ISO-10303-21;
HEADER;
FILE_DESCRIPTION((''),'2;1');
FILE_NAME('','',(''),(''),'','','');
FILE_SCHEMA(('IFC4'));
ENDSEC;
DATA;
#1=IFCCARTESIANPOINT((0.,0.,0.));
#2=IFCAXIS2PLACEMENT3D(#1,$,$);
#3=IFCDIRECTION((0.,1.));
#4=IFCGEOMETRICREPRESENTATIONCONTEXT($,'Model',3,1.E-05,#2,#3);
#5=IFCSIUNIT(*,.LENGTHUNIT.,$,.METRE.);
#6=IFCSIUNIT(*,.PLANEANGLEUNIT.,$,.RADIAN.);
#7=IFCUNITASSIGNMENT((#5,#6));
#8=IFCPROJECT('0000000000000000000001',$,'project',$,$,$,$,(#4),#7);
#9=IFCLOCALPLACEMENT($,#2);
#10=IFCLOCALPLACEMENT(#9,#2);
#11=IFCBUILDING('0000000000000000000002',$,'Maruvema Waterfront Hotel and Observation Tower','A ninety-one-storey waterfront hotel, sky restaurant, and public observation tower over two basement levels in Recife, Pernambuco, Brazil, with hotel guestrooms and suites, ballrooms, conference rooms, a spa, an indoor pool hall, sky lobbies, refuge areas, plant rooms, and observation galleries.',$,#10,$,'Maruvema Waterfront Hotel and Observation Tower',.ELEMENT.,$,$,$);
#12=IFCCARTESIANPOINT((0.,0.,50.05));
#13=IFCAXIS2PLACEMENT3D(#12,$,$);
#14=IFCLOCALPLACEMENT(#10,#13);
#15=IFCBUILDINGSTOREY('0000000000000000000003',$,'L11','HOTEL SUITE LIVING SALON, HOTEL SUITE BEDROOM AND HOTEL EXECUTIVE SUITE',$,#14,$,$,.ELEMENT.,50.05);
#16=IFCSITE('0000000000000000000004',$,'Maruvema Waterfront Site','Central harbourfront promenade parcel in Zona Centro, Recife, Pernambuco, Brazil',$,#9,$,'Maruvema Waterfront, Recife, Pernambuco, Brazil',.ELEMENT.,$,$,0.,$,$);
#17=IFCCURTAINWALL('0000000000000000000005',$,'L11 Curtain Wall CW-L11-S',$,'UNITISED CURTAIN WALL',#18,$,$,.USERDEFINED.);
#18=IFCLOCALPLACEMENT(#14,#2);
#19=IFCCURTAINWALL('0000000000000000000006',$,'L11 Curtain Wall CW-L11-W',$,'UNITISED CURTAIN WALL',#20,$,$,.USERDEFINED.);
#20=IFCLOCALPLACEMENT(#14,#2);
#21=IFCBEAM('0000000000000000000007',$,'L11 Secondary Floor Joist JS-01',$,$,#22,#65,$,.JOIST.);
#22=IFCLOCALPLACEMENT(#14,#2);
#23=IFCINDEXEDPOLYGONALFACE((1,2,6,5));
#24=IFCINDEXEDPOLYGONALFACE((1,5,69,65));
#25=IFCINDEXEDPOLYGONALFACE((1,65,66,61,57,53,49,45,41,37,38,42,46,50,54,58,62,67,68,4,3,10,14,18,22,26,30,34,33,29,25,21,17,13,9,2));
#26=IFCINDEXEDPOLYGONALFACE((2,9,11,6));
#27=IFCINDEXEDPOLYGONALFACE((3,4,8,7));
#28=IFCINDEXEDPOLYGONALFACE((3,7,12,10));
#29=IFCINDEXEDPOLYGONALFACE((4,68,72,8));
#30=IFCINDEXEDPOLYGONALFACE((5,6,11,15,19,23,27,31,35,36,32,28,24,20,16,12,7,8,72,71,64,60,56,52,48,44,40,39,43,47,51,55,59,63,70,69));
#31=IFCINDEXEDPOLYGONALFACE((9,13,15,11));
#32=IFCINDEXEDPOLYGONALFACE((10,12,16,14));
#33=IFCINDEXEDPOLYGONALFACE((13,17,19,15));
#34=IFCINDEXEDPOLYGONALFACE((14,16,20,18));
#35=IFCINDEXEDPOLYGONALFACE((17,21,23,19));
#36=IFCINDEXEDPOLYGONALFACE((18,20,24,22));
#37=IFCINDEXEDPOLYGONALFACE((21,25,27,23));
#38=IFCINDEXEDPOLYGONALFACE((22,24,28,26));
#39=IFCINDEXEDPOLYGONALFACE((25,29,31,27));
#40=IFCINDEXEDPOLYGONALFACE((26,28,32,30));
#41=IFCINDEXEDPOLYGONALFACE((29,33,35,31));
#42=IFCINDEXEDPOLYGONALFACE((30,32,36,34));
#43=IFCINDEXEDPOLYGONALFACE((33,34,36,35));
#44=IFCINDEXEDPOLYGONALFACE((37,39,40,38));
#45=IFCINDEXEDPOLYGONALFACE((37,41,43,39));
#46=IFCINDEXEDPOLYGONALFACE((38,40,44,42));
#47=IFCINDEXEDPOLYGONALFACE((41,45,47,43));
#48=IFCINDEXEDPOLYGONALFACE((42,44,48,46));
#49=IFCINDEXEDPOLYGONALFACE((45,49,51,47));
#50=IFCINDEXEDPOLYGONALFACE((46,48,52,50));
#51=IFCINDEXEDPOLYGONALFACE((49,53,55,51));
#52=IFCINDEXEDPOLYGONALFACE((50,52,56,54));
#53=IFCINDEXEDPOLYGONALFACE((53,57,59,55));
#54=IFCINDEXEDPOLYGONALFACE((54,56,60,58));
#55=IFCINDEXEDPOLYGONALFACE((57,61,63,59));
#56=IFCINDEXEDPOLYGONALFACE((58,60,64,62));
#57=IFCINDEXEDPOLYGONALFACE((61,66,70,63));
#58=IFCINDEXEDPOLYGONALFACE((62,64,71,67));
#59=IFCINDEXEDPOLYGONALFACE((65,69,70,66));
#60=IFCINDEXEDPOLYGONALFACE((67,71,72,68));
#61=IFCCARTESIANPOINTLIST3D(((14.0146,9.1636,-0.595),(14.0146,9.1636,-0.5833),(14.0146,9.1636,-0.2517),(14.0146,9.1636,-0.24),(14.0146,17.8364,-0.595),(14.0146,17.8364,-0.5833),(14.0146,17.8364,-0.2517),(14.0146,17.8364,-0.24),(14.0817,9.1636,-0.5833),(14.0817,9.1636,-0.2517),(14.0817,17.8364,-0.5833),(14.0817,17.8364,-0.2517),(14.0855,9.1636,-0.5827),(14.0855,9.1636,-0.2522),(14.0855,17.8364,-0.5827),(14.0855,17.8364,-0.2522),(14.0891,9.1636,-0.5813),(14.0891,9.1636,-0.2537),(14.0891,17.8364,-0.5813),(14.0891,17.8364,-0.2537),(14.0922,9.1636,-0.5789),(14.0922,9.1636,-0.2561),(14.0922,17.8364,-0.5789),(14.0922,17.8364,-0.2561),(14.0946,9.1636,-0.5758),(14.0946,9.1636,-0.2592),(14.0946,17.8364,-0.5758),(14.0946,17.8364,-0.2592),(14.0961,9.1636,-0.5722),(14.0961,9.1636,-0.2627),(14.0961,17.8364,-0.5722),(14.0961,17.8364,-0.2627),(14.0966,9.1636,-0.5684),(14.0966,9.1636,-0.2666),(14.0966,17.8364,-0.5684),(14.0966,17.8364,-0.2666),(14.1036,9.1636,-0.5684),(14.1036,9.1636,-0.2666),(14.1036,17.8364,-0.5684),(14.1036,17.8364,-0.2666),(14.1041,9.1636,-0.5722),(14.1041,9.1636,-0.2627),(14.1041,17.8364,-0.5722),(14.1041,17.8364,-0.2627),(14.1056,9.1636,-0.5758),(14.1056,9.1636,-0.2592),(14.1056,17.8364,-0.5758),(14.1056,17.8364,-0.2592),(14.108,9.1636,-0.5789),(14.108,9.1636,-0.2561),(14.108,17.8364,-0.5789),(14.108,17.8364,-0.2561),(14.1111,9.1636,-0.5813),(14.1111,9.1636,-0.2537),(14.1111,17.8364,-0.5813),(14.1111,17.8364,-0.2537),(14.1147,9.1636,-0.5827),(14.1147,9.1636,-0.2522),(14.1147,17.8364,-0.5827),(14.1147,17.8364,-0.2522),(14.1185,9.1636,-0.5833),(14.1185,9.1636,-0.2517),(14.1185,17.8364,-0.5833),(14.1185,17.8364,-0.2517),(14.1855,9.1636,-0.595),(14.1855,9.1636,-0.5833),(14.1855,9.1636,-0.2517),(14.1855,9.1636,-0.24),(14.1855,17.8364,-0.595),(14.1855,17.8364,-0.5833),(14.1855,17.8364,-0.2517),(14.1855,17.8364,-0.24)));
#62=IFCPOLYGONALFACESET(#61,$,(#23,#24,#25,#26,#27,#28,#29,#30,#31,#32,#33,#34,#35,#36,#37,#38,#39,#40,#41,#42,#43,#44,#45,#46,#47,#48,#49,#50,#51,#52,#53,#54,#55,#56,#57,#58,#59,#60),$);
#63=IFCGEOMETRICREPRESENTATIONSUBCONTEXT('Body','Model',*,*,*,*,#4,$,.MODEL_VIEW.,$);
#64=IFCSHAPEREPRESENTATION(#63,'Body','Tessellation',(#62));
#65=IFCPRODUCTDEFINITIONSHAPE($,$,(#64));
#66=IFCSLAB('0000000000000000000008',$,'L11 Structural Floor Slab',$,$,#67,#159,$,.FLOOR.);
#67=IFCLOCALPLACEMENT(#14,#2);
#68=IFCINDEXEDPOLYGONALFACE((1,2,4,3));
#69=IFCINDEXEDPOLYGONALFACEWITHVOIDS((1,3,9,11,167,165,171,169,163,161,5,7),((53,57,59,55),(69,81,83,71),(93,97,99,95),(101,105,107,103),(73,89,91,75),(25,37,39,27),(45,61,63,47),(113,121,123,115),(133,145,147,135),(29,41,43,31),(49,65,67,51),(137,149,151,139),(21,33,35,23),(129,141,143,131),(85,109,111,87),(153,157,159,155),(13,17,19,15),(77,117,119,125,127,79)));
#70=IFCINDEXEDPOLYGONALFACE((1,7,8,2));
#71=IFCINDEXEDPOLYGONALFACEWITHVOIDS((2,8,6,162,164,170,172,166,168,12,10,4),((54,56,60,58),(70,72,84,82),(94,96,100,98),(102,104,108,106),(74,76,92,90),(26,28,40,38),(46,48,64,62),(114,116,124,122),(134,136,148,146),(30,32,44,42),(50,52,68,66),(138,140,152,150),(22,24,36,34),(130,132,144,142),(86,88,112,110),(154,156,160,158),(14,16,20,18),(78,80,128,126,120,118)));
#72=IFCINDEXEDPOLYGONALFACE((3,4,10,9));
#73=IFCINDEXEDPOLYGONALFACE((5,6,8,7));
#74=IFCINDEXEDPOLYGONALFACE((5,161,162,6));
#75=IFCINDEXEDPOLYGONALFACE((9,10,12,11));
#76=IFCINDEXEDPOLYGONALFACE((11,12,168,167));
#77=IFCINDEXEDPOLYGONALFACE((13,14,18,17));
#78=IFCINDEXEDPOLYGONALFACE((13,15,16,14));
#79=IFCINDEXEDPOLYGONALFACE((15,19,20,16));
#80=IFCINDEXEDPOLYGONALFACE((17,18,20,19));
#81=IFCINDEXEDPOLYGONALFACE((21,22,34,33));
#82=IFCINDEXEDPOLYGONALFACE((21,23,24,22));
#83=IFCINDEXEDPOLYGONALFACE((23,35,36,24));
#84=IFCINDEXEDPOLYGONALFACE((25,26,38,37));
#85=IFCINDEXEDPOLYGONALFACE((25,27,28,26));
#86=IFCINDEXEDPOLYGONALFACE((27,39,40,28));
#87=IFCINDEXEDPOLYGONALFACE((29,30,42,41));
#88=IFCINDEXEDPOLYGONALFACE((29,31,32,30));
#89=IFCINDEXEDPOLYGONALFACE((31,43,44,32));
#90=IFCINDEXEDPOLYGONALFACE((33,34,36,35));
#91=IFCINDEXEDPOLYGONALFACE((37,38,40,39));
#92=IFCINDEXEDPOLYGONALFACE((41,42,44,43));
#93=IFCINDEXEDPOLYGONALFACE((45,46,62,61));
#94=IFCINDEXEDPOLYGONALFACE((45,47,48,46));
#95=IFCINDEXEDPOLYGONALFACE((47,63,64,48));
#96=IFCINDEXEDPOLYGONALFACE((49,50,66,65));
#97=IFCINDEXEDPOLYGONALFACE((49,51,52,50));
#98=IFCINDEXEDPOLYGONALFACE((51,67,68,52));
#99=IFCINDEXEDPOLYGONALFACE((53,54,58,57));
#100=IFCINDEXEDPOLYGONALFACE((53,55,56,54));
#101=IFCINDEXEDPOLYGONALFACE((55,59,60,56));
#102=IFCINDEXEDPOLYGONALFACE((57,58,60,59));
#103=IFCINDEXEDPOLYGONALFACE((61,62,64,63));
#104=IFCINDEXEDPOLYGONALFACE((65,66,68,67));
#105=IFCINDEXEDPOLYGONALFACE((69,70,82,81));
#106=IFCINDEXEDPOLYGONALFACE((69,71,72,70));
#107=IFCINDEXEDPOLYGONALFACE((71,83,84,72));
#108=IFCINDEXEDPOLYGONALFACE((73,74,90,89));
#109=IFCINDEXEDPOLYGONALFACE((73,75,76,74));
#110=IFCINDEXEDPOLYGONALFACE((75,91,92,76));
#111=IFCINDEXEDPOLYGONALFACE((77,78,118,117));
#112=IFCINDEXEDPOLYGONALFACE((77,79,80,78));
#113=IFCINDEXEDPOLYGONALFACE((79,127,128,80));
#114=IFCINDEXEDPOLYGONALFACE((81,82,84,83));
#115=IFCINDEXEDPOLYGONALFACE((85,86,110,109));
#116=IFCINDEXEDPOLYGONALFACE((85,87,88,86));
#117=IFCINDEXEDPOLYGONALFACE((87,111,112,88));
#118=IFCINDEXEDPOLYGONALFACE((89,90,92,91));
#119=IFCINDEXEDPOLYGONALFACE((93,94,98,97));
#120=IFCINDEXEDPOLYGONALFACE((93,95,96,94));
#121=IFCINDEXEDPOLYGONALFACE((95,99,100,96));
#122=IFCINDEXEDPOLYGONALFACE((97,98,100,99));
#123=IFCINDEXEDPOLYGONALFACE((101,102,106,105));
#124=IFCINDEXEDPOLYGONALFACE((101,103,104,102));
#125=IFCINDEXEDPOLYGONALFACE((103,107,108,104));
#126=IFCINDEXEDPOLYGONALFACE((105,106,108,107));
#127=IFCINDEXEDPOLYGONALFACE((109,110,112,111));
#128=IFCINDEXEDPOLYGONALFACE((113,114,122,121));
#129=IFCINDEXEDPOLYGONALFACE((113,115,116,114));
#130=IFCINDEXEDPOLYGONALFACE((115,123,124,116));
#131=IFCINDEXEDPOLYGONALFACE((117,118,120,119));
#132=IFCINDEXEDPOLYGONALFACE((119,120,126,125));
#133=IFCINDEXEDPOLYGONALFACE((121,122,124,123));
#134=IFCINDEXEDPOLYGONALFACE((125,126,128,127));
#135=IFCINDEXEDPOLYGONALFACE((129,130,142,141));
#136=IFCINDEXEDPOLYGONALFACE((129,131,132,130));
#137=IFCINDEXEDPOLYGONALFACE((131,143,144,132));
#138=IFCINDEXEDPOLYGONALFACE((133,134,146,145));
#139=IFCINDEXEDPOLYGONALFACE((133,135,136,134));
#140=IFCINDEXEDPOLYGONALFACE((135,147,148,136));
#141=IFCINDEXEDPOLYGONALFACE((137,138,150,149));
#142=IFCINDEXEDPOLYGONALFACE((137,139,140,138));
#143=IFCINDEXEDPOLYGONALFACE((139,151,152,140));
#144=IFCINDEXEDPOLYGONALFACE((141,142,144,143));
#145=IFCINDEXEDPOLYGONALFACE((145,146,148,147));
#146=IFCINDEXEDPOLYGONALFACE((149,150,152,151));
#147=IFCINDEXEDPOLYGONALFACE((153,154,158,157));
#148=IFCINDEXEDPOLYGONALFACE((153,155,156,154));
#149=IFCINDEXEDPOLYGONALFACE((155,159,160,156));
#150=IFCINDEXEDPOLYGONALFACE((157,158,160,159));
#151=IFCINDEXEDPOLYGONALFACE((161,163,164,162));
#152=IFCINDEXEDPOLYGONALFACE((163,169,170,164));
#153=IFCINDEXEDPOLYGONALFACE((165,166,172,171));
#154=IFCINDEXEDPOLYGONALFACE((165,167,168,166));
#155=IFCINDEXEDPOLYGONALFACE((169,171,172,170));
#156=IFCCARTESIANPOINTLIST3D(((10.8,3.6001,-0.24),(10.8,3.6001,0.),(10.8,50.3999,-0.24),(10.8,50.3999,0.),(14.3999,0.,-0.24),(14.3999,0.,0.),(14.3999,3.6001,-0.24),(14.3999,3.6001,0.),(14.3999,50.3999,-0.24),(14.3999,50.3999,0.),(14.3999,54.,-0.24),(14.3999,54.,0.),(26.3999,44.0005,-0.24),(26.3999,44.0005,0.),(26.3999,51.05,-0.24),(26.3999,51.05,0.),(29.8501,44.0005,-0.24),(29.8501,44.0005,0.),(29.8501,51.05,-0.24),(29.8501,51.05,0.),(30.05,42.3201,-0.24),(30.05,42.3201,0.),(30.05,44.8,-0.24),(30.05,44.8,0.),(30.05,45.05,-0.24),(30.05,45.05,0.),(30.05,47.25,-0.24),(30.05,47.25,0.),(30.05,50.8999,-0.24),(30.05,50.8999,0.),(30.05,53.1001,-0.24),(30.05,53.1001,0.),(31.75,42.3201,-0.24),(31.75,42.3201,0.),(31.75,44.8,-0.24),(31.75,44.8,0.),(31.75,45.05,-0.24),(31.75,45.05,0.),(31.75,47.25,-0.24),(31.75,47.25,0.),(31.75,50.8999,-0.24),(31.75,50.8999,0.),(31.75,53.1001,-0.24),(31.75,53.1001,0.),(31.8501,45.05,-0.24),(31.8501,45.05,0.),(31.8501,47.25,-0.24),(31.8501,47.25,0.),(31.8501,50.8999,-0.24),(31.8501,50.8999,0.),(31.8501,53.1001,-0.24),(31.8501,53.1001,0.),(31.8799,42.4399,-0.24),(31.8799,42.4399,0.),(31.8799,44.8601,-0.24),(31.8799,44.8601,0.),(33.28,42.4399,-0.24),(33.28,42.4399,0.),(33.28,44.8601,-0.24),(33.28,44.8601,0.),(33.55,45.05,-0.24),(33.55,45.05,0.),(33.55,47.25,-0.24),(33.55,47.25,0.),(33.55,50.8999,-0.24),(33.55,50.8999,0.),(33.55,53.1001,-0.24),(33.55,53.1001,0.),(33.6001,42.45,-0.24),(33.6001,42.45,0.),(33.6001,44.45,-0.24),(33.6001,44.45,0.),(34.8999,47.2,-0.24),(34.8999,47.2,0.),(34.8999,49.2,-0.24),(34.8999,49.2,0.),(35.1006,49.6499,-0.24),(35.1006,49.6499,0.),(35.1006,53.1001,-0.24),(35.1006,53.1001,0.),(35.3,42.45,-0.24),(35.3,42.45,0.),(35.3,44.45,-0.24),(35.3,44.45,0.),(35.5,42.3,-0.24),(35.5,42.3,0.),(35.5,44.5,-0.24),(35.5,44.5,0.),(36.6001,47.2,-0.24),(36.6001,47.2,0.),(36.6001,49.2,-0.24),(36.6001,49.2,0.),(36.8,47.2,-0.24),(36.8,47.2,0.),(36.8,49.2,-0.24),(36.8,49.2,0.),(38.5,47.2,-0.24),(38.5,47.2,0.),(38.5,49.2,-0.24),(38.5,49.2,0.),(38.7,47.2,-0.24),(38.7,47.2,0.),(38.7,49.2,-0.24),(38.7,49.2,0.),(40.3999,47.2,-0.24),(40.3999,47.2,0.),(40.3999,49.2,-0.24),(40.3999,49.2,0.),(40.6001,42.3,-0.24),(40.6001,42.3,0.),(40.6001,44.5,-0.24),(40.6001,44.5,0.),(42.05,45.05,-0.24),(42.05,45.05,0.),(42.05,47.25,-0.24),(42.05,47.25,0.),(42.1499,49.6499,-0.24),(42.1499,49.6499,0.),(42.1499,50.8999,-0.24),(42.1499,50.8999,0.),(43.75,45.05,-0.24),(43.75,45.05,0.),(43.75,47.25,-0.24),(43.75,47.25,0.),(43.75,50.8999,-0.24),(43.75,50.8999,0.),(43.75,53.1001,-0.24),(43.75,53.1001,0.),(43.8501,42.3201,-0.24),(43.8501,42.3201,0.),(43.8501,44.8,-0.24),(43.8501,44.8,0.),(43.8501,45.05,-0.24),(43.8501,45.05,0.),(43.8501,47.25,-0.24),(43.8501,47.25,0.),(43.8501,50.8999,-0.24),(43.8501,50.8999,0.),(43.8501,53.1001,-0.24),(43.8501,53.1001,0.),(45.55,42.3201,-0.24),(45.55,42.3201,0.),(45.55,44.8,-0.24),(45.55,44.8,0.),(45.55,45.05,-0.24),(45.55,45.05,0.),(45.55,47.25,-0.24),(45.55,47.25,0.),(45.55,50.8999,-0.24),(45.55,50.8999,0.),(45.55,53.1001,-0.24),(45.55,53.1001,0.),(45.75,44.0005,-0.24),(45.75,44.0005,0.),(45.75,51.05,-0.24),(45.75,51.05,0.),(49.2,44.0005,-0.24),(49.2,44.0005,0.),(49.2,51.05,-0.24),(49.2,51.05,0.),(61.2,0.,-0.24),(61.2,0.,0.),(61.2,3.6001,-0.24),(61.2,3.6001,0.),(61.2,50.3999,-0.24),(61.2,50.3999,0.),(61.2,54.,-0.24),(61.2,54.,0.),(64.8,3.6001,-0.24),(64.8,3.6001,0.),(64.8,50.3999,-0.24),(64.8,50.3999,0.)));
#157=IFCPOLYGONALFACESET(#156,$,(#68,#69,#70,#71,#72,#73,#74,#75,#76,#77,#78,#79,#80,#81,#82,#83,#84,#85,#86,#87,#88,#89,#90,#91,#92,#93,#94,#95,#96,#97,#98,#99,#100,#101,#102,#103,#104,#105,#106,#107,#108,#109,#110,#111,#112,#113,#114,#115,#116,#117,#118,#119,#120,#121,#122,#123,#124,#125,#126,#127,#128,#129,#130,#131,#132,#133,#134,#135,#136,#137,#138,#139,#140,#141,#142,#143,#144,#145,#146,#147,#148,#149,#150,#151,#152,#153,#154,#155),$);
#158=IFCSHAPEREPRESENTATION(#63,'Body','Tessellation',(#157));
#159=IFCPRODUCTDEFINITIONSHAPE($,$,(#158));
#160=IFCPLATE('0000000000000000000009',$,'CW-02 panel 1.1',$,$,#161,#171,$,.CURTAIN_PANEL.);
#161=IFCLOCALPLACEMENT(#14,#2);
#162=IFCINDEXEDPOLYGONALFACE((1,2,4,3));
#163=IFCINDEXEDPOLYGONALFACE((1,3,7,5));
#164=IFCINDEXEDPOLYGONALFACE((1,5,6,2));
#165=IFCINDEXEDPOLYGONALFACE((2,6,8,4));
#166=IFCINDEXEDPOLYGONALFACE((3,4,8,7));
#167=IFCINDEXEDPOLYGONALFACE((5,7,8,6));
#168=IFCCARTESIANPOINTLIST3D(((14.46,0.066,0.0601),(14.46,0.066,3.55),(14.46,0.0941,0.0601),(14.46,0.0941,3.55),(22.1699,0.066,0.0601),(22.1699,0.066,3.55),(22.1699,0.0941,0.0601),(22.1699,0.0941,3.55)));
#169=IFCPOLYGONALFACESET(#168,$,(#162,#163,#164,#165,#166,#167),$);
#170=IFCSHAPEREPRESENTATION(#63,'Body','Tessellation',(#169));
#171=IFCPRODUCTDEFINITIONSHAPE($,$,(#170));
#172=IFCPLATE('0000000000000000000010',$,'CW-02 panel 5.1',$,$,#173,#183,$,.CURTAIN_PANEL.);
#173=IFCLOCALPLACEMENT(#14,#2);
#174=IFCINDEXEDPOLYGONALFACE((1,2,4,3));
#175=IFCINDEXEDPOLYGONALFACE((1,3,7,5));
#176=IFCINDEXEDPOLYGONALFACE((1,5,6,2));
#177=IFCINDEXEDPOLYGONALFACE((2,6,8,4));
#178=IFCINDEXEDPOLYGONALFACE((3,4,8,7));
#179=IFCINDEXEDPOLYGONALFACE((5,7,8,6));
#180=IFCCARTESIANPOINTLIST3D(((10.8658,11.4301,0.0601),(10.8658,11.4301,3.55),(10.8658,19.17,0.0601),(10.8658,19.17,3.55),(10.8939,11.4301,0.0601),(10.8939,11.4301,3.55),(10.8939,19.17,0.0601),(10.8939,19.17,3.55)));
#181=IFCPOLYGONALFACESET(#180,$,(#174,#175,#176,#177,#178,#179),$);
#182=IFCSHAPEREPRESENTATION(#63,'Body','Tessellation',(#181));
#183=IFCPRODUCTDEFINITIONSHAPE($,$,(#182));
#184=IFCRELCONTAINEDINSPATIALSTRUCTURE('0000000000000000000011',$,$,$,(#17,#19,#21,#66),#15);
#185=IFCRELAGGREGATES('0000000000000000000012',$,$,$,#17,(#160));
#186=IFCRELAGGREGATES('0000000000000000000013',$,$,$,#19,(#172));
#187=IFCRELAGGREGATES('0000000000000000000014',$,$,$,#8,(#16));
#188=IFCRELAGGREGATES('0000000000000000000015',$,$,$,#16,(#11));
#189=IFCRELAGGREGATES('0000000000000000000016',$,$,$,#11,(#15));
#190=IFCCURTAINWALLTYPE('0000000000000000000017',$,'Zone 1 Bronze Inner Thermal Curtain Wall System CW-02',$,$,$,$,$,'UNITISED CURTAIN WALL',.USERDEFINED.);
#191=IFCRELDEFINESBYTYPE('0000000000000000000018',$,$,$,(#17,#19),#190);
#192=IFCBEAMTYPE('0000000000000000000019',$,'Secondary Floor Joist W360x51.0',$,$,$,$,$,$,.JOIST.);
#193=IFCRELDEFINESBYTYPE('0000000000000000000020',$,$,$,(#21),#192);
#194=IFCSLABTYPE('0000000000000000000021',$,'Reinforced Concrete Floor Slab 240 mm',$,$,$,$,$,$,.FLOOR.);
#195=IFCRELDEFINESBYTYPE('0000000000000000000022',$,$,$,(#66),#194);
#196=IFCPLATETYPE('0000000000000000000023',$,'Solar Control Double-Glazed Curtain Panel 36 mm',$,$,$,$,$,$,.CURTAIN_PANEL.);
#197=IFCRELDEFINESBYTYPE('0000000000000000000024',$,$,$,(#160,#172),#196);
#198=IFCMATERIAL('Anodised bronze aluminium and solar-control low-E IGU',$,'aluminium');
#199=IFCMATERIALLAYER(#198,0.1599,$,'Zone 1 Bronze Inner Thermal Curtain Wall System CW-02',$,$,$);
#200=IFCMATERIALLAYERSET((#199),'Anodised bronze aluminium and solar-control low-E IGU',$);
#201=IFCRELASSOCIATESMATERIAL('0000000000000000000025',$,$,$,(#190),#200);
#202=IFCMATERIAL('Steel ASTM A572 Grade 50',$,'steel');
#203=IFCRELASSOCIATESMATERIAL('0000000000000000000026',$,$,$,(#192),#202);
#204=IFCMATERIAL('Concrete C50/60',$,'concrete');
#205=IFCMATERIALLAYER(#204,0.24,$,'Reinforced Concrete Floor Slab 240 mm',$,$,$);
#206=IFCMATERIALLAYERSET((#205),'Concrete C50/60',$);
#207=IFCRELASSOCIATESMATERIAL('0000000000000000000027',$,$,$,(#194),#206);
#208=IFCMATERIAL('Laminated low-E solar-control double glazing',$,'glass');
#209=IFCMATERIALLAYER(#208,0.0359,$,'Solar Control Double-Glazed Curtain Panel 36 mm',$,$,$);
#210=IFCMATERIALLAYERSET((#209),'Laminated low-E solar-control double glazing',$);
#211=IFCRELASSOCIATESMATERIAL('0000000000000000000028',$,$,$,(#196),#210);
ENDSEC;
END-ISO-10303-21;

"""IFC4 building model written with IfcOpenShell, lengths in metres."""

from ifc_helpers import new_model, si_unit, direction, frame, origin, origin_2d, place, context, subcontext, project, spatial, polyline, rectangle, i_section, outline, extrude, material, layer, layer_set, material_profile, profile_set, type_object, element, aggregate, save


model = new_model("IFC4")

# Units and contexts
model_context = context("Model", 3, precision=1e-05, world=origin(), true_north=direction((0.0, 1.0)))
body_context = subcontext(model_context, "Body", "Model", "MODEL_VIEW")
ifc_project = project(units=[si_unit("LENGTHUNIT", "METRE"), si_unit("PLANEANGLEUNIT", "RADIAN")], contexts=[model_context])

# Site, building, storey
site_placement = place(None, origin())
site = spatial("IfcSite", under=ifc_project, at=site_placement, Name="Maruvema Waterfront Site", Description="Central harbourfront promenade parcel in Zona Centro, Recife, Pernambuco, Brazil", LongName="Maruvema Waterfront, Recife, Pernambuco, Brazil", CompositionType="ELEMENT", RefElevation=0.0)
building_placement = place(site_placement, origin())
building = spatial("IfcBuilding", under=site, at=building_placement, Name="Maruvema Waterfront Hotel and Observation Tower", Description="A ninety-one-storey waterfront hotel, sky restaurant, and public observation tower over two basement levels in Recife, Pernambuco, Brazil, with hotel guestrooms and suites, ballrooms, conference rooms, a spa, an indoor pool hall, sky lobbies, refuge areas, plant rooms, and observation galleries.", LongName="Maruvema Waterfront Hotel and Observation Tower", CompositionType="ELEMENT")
storey_placement = place(building_placement, frame((0.0, 0.0, 50.05)))
storey = spatial("IfcBuildingStorey", under=building, at=storey_placement, Name="L11", Description="HOTEL SUITE LIVING SALON, HOTEL SUITE BEDROOM AND HOTEL EXECUTIVE SUITE", CompositionType="ELEMENT", Elevation=50.05)

# Curtain walls
ifc_material_1 = material(Name="Anodised bronze aluminium and solar-control low-E IGU", Category="aluminium")
ifc_layer_1 = layer(ifc_material_1, 0.1599, Name="Zone 1 Bronze Inner Thermal Curtain Wall System CW-02")
ifc_layer_set_1 = layer_set([ifc_layer_1], Name="Anodised bronze aluminium and solar-control low-E IGU")
curtain_wall_type = type_object("IfcCurtainWallType", Name="Zone 1 Bronze Inner Thermal Curtain Wall System CW-02", ElementType="UNITISED CURTAIN WALL", PredefinedType="USERDEFINED", material=ifc_layer_set_1)
curtain_wall_1_placement = place(storey_placement, origin())
curtain_wall_1 = element("IfcCurtainWall", 1, at=curtain_wall_1_placement, inside=storey, type_object=curtain_wall_type, Name="L11 Curtain Wall CW-L11-S", ObjectType="UNITISED CURTAIN WALL", PredefinedType="USERDEFINED")
curtain_wall_2_placement = place(storey_placement, origin())
curtain_wall_2 = element("IfcCurtainWall", 2, at=curtain_wall_2_placement, inside=storey, type_object=curtain_wall_type, Name="L11 Curtain Wall CW-L11-W", ObjectType="UNITISED CURTAIN WALL", PredefinedType="USERDEFINED")

# Beam
ifc_material_2 = material(Name="Steel ASTM A572 Grade 50", Category="steel")
ifc_material_profile_1 = material_profile(ifc_material_2, i_section(OverallWidth=0.1709, OverallDepth=0.355, WebThickness=0.0071, FlangeThickness=0.0117, FilletRadius=0.0149, at=origin_2d()), Name="W360x51.0")
ifc_profile_set_1 = profile_set([ifc_material_profile_1], Name="Steel ASTM A572 Grade 50")
beam_type_1 = type_object("IfcBeamType", Name="Secondary Floor Joist W360x51.0", PredefinedType="JOIST", material=ifc_profile_set_1)
beam_1_placement = place(storey_placement, frame((14.1001, 9.1636, -0.4175), z_axis=(0.0, 1.0, 0.0), x_axis=(-1.0, 0.0, 0.0)))
element("IfcBeam", 3, at=beam_1_placement, inside=storey, type_object=beam_type_1, Name="L11 Secondary Floor Joist JS-01", PredefinedType="JOIST", context=body_context, shape_type="SweptSolid", body=[
    extrude(i_section(OverallWidth=0.1709, OverallDepth=0.355, WebThickness=0.0071, FlangeThickness=0.0117, FilletRadius=0.0149, at=origin_2d()), origin(), (0.0, 0.0, 1.0), 8.6729),
])

# Slab
ifc_material_3 = material(Name="Concrete C50/60", Category="concrete")
ifc_layer_2 = layer(ifc_material_3, 0.24, Name="Reinforced Concrete Floor Slab 240 mm")
ifc_layer_set_2 = layer_set([ifc_layer_2], Name="Concrete C50/60")
slab_type_1 = type_object("IfcSlabType", Name="Reinforced Concrete Floor Slab 240 mm", PredefinedType="FLOOR", material=ifc_layer_set_2)
slab_1_placement = place(storey_placement, frame((0.0, 0.0, -0.24)))
element("IfcSlab", 4, at=slab_1_placement, inside=storey, type_object=slab_type_1, Name="L11 Structural Floor Slab", PredefinedType="FLOOR", context=body_context, shape_type="SweptSolid", body=[
    extrude(outline(polyline([(14.3999, 0.0), (61.2, 0.0), (61.2, 3.6001), (64.8, 3.6001), (64.8, 50.3999), (61.2, 50.3999), (61.2, 54.0), (14.3999, 54.0), (14.3999, 50.3999), (10.8, 50.3999), (10.8, 3.6001), (14.3999, 3.6001), (14.3999, 0.0)]), holes=[polyline([(26.3999, 44.0005), (26.3999, 51.05), (29.8501, 51.05), (29.8501, 44.0005), (26.3999, 44.0005)]), polyline([(30.05, 44.8), (31.75, 44.8), (31.75, 42.3201), (30.05, 42.3201), (30.05, 44.8)]), polyline([(31.75, 47.25), (31.75, 45.05), (30.05, 45.05), (30.05, 47.25), (31.75, 47.25)]), polyline([(31.75, 53.1001), (31.75, 50.8999), (30.05, 50.8999), (30.05, 53.1001), (31.75, 53.1001)]), polyline([(33.28, 44.8601), (33.28, 42.4399), (31.8799, 42.4399), (31.8799, 44.8601), (33.28, 44.8601)]), polyline([(31.8501, 47.25), (33.55, 47.25), (33.55, 45.05), (31.8501, 45.05), (31.8501, 47.25)]), polyline([(31.8501, 53.1001), (33.55, 53.1001), (33.55, 50.8999), (31.8501, 50.8999), (31.8501, 53.1001)]), polyline([(33.6001, 44.45), (35.3, 44.45), (35.3, 42.45), (33.6001, 42.45), (33.6001, 44.45)]), polyline([(34.8999, 49.2), (36.6001, 49.2), (36.6001, 47.2), (34.8999, 47.2), (34.8999, 49.2)]), polyline([(38.5, 49.2), (38.5, 47.2), (36.8, 47.2), (36.8, 49.2), (38.5, 49.2)]), polyline([(35.5, 44.5), (40.6001, 44.5), (40.6001, 42.3), (35.5, 42.3), (35.5, 44.5)]), polyline([(43.75, 50.8999), (42.1499, 50.8999), (42.1499, 49.6499), (35.1006, 49.6499), (35.1006, 53.1001), (43.75, 53.1001), (43.75, 50.8999)]), polyline([(40.3999, 49.2), (40.3999, 47.2), (38.7, 47.2), (38.7, 49.2), (40.3999, 49.2)]), polyline([(43.75, 47.25), (43.75, 45.05), (42.05, 45.05), (42.05, 47.25), (43.75, 47.25)]), polyline([(45.55, 44.8), (45.55, 42.3201), (43.8501, 42.3201), (43.8501, 44.8), (45.55, 44.8)]), polyline([(43.8501, 47.25), (45.55, 47.25), (45.55, 45.05), (43.8501, 45.05), (43.8501, 47.25)]), polyline([(45.55, 53.1001), (45.55, 50.8999), (43.8501, 50.8999), (43.8501, 53.1001), (45.55, 53.1001)]), polyline([(45.75, 51.05), (49.2, 51.05), (49.2, 44.0005), (45.75, 44.0005), (45.75, 51.05)])]), origin(), (0.0, 0.0, 1.0), 0.24),
])

# Plates
ifc_material_4 = material(Name="Laminated low-E solar-control double glazing", Category="glass")
ifc_layer_3 = layer(ifc_material_4, 0.0359, Name="Solar Control Double-Glazed Curtain Panel 36 mm")
ifc_layer_set_3 = layer_set([ifc_layer_3], Name="Laminated low-E solar-control double glazing")
plate_type = type_object("IfcPlateType", Name="Solar Control Double-Glazed Curtain Panel 36 mm", PredefinedType="CURTAIN_PANEL", material=ifc_layer_set_3)
plate_1_placement = place(storey_placement, frame((18.3149, 0.0801, 0.0601), z_axis=(0.0, 0.0, 1.0), x_axis=(1.0, 0.0, 0.0)))
plate_1 = element("IfcPlate", 5, at=plate_1_placement, type_object=plate_type, Name="CW-02 panel 1.1", PredefinedType="CURTAIN_PANEL", context=body_context, shape_type="SweptSolid", body=[
    extrude(rectangle(XDim=7.71, YDim=0.0281, at=origin_2d()), origin(), (0.0, 0.0, 1.0), 3.49),
])
aggregate(curtain_wall_1, [plate_1])
plate_2_placement = place(storey_placement, frame((10.8799, 15.3, 0.0601), z_axis=(0.0, 0.0, 1.0), x_axis=(0.0, -1.0, 0.0)))
plate_2 = element("IfcPlate", 6, at=plate_2_placement, type_object=plate_type, Name="CW-02 panel 5.1", PredefinedType="CURTAIN_PANEL", context=body_context, shape_type="SweptSolid", body=[
    extrude(rectangle(XDim=7.74, YDim=0.0281, at=origin_2d()), origin(), (0.0, 0.0, 1.0), 3.49),
])
aggregate(curtain_wall_2, [plate_2])

save(model, "model.ifc")
